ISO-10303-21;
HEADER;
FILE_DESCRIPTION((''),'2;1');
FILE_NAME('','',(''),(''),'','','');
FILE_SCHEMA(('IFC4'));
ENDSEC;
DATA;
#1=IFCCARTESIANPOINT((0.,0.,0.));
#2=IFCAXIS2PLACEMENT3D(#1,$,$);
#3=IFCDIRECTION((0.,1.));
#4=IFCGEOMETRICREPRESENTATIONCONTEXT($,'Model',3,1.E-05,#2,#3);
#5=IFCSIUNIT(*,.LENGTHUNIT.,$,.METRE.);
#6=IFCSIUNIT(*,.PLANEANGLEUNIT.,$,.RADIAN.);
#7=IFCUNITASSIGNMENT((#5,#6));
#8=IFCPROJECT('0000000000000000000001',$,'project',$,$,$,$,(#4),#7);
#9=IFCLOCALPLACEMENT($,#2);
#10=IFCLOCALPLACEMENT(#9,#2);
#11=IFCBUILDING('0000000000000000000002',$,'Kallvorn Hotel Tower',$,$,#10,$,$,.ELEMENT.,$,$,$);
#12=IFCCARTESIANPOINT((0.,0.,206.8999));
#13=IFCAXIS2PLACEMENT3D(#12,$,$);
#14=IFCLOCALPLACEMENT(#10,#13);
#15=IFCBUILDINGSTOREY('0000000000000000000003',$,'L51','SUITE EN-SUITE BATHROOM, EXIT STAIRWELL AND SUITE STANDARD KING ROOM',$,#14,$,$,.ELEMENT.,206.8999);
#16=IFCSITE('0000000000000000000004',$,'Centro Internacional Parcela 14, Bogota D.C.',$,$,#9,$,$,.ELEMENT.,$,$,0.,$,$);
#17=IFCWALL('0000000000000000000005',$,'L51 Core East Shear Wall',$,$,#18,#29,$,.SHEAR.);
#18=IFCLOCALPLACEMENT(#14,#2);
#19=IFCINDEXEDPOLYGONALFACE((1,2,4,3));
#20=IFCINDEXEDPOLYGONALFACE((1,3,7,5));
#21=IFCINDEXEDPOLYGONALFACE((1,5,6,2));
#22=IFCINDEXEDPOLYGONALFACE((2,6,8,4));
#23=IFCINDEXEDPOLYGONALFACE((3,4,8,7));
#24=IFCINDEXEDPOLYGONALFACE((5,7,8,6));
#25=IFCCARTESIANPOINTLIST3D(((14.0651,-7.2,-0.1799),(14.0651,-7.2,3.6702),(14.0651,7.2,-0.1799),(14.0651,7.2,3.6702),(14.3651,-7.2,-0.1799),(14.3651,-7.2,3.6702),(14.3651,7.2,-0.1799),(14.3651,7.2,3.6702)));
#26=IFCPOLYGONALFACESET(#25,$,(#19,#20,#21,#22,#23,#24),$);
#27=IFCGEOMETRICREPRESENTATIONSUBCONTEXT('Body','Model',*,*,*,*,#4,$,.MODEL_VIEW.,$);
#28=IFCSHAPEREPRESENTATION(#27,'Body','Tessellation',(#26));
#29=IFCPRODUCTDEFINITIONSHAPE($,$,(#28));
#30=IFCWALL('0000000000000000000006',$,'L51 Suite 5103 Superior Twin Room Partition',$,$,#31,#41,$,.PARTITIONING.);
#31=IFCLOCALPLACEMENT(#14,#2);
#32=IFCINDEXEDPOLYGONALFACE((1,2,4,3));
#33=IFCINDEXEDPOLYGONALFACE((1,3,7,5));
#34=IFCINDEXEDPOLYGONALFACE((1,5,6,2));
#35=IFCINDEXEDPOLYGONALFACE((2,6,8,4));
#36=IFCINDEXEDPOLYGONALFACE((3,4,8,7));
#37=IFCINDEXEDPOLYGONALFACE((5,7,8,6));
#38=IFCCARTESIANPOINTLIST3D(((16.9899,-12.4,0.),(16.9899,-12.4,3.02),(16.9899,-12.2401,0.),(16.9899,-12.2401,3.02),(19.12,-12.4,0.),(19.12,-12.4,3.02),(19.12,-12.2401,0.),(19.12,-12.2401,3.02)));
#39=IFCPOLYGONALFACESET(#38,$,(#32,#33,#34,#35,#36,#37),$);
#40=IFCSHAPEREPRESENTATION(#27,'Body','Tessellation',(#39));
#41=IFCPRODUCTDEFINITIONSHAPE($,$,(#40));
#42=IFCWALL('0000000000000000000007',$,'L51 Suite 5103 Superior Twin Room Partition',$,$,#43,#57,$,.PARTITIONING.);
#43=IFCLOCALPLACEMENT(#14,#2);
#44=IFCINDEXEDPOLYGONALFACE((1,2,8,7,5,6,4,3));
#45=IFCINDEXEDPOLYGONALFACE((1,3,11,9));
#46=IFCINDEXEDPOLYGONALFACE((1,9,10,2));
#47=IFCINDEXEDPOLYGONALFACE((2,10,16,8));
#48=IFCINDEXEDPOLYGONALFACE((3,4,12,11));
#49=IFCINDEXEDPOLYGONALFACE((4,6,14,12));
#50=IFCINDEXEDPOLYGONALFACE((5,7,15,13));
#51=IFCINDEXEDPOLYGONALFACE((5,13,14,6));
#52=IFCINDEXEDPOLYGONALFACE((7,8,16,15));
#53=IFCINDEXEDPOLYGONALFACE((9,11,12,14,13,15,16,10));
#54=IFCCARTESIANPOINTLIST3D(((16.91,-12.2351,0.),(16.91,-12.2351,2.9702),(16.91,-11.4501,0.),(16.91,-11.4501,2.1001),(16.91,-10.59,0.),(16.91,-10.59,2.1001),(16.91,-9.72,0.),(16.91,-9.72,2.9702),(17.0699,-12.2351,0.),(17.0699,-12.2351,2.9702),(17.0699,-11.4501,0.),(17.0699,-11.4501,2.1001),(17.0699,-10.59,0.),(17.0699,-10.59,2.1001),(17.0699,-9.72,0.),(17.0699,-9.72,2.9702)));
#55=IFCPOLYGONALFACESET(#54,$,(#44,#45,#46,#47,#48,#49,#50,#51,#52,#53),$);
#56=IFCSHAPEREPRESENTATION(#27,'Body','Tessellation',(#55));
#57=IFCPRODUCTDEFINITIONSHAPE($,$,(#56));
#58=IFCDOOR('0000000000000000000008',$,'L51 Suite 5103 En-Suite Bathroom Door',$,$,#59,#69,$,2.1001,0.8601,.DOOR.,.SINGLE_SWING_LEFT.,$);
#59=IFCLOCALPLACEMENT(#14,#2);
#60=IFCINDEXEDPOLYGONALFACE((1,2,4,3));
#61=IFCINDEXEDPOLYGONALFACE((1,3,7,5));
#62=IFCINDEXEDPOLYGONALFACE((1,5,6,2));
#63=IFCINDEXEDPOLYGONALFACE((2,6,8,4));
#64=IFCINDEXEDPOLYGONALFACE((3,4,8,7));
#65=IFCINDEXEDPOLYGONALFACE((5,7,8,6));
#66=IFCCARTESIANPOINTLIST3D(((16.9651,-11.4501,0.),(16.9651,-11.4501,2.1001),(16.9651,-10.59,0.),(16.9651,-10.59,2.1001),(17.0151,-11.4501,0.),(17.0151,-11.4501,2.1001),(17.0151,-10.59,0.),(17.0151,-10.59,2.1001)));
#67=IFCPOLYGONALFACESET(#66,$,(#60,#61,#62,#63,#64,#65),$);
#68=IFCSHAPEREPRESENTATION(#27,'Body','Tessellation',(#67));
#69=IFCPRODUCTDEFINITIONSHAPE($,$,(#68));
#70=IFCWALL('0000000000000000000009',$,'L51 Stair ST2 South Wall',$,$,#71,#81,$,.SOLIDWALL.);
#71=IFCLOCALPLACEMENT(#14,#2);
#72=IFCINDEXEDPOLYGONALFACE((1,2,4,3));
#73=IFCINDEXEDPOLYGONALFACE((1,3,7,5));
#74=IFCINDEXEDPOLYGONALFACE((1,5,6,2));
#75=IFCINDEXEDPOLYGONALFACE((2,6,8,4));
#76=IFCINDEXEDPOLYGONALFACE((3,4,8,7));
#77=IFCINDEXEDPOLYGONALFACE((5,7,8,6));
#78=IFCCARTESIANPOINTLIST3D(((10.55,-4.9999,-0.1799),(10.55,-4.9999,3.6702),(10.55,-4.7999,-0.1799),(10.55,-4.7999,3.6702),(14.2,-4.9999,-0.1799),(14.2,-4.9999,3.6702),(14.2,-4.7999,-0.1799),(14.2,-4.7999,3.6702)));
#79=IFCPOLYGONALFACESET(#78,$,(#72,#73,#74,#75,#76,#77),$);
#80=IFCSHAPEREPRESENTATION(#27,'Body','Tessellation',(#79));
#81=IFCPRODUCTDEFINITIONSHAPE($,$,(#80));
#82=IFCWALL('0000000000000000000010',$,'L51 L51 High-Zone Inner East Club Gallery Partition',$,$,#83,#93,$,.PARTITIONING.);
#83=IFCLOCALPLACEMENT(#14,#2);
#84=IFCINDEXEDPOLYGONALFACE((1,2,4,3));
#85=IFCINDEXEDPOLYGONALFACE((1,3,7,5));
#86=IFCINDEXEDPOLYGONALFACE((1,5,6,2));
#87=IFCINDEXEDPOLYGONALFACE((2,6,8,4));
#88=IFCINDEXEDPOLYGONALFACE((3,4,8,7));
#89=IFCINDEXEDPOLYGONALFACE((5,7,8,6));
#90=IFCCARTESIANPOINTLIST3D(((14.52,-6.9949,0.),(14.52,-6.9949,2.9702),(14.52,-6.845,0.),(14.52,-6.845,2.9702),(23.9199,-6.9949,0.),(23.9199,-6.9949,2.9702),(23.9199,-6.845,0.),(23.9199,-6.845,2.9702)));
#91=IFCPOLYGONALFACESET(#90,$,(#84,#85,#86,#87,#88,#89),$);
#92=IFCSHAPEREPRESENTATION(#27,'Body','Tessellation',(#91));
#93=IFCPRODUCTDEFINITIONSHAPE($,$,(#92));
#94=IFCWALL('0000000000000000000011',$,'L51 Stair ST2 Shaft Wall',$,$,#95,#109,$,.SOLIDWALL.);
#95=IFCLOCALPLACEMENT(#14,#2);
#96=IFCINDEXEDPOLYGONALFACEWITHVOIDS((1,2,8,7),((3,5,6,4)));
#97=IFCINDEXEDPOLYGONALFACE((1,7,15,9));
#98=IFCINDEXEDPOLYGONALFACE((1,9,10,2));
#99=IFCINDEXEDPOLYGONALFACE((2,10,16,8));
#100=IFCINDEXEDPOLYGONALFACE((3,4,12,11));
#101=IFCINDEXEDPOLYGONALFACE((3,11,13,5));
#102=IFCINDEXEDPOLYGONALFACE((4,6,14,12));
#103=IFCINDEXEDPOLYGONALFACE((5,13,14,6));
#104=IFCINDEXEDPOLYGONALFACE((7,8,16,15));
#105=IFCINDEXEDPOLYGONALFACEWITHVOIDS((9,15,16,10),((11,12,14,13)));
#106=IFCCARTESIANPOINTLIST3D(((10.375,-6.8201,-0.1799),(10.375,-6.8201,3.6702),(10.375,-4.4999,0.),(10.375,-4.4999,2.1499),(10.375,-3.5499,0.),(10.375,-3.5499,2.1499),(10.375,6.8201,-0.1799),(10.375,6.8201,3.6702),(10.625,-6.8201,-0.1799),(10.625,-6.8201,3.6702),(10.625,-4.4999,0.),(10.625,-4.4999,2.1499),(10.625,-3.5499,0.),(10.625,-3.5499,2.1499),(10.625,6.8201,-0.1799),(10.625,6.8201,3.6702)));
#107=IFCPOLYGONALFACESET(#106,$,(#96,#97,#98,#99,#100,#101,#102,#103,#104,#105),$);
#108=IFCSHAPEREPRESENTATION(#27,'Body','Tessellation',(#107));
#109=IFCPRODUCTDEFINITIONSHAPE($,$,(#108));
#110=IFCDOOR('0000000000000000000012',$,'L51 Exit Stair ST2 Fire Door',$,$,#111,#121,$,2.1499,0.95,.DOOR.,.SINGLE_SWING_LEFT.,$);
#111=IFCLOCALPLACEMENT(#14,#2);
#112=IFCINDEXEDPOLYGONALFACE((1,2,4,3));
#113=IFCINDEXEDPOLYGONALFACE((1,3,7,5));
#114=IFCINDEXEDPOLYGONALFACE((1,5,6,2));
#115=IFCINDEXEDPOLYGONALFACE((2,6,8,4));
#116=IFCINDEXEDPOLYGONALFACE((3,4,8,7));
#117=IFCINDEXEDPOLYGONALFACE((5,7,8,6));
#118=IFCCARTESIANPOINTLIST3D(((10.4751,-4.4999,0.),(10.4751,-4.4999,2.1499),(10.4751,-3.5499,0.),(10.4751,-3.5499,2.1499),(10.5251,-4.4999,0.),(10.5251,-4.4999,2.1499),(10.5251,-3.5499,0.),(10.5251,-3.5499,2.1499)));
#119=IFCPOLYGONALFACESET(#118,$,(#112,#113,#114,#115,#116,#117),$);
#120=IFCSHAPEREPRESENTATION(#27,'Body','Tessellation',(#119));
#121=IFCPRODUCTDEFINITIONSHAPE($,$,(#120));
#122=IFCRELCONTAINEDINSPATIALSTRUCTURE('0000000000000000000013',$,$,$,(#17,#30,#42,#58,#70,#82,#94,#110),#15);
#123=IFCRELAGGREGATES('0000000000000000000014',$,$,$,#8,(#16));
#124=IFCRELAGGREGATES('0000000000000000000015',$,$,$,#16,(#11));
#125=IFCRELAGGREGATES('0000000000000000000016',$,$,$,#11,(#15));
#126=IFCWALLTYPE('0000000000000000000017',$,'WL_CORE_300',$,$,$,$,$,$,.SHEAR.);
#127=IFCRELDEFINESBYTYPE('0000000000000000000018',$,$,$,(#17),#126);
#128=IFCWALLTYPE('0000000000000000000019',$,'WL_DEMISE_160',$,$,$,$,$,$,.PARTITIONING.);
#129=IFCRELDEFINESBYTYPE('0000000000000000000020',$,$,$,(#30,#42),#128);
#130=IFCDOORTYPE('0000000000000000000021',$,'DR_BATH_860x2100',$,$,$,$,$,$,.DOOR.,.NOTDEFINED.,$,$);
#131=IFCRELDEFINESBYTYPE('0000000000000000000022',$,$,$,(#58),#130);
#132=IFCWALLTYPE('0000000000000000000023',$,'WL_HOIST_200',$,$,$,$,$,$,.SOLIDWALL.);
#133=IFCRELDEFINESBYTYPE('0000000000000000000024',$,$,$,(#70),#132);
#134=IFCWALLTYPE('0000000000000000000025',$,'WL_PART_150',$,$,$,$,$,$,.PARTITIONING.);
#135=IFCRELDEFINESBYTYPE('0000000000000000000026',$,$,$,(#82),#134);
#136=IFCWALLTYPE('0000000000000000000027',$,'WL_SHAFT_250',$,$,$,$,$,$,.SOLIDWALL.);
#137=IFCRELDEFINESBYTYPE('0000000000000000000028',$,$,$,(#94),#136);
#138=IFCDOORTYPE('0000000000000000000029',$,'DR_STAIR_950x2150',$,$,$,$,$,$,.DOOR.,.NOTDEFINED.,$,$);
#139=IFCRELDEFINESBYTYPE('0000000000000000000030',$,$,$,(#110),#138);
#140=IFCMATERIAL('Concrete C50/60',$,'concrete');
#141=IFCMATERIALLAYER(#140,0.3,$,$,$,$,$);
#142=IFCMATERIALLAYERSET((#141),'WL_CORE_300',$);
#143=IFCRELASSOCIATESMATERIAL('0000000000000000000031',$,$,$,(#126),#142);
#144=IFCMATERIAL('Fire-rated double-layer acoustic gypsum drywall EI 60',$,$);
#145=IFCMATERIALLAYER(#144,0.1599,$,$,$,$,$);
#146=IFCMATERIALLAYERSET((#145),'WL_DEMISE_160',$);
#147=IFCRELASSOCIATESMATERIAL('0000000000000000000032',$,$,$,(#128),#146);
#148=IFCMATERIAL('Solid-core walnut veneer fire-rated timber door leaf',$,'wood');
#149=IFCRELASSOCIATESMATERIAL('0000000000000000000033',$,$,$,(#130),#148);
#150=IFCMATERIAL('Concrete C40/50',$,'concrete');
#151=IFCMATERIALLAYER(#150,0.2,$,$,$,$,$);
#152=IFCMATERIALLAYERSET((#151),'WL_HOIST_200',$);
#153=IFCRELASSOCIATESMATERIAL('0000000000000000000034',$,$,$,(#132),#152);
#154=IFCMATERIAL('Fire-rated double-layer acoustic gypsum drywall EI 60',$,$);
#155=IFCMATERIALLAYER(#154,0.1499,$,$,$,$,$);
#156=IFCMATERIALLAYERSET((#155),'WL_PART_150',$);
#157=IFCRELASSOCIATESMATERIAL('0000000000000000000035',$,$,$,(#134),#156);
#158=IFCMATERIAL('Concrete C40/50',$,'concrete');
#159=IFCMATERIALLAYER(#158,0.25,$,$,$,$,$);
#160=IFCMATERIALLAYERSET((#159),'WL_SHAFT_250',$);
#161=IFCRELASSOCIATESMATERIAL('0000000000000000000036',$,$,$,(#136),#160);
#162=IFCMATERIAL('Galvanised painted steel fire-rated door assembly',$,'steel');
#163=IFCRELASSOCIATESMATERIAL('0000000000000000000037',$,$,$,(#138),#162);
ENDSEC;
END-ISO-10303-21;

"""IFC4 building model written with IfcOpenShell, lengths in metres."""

from ifc_helpers import new_model, si_unit, direction, frame, frame_2d, origin, place, context, subcontext, project, spatial, rectangle, extrude, material, layer, layer_set, type_object, element, fill, save


model = new_model("IFC4")

# Units and contexts
model_context = context("Model", 3, precision=1e-05, world=origin(), true_north=direction((0.0, 1.0)))
body_context = subcontext(model_context, "Body", "Model", "MODEL_VIEW")
ifc_project = project(units=[si_unit("LENGTHUNIT", "METRE"), si_unit("PLANEANGLEUNIT", "RADIAN")], contexts=[model_context])

# Site, building, storey
site_placement = place(None, origin())
site = spatial("IfcSite", under=ifc_project, at=site_placement, Name="Centro Internacional Parcela 14, Bogota D.C.", CompositionType="ELEMENT", RefElevation=0.0)
building_placement = place(site_placement, origin())
building = spatial("IfcBuilding", under=site, at=building_placement, Name="Kallvorn Hotel Tower", CompositionType="ELEMENT")
storey_placement = place(building_placement, frame((0.0, 0.0, 206.8999)))
storey = spatial("IfcBuildingStorey", under=building, at=storey_placement, Name="L51", Description="SUITE EN-SUITE BATHROOM, EXIT STAIRWELL AND SUITE STANDARD KING ROOM", CompositionType="ELEMENT", Elevation=206.8999)

# Walls
ifc_material_1 = material(Name="Concrete C50/60", Category="concrete")
ifc_layer_1 = layer(ifc_material_1, 0.3)
ifc_layer_set_1 = layer_set([ifc_layer_1], Name="WL_CORE_300")
wall_type_1 = type_object("IfcWallType", Name="WL_CORE_300", PredefinedType="SHEAR", material=ifc_layer_set_1)
wall_1_placement = place(storey_placement, frame((14.2151, -7.2, -0.1799), z_axis=(0.0, 0.0, 1.0), x_axis=(0.0, 1.0, 0.0)))
element("IfcWall", 1, at=wall_1_placement, inside=storey, type_object=wall_type_1, Name="L51 Core East Shear Wall", PredefinedType="SHEAR", context=body_context, shape_type="SweptSolid", body=[
    extrude(rectangle(XDim=14.3999, YDim=0.3, at=frame_2d((7.2, 0.0))), origin(), (0.0, 0.0, 1.0), 3.8501),
])
ifc_material_2 = material(Name="Fire-rated double-layer acoustic gypsum drywall EI 60")
ifc_layer_2 = layer(ifc_material_2, 0.1599)
ifc_layer_set_2 = layer_set([ifc_layer_2], Name="WL_DEMISE_160")
wall_type_2 = type_object("IfcWallType", Name="WL_DEMISE_160", PredefinedType="PARTITIONING", material=ifc_layer_set_2)
wall_2_placement = place(storey_placement, frame((16.99, -12.3201, 0.0), z_axis=(0.0, 0.0, 1.0), x_axis=(1.0, 0.0, 0.0)))
element("IfcWall", 2, at=wall_2_placement, inside=storey, type_object=wall_type_2, Name="L51 Suite 5103 Superior Twin Room Partition", PredefinedType="PARTITIONING", context=body_context, shape_type="SweptSolid", body=[
    extrude(rectangle(XDim=2.1301, YDim=0.1599, at=frame_2d((1.0649, 0.0))), origin(), (0.0, 0.0, 1.0), 3.02),
])

# Wall, opening, door
wall_3_placement = place(storey_placement, frame((16.99, -12.2351, 0.0), z_axis=(0.0, 0.0, 1.0), x_axis=(0.0, 1.0, 0.0)))
wall_3 = element("IfcWall", 3, at=wall_3_placement, inside=storey, type_object=wall_type_2, Name="L51 Suite 5103 Superior Twin Room Partition", PredefinedType="PARTITIONING", context=body_context, shape_type="SweptSolid", body=[
    extrude(rectangle(XDim=2.5151, YDim=0.1599, at=frame_2d((1.2576, 0.0))), origin(), (0.0, 0.0, 1.0), 2.9702),
])
opening_1_placement = place(wall_3_placement, frame((0.7849, 0.0, 0.0)))
opening_1 = element("IfcOpeningElement", 4, at=opening_1_placement, cuts=wall_3, PredefinedType="OPENING", context=body_context, shape_type="SweptSolid", body=[
    extrude(rectangle(XDim=0.8601, YDim=2.1001, at=frame_2d((0.4302, 1.05))), frame((0.0, 0.095, 0.0), z_axis=(0.0, -1.0, 0.0), x_axis=(1.0, 0.0, 0.0)), (0.0, 0.0, 1.0), 0.1899),
])
ifc_material_3 = material(Name="Solid-core walnut veneer fire-rated timber door leaf", Category="wood")
door_type_1 = type_object("IfcDoorType", Name="DR_BATH_860x2100", OperationType="NOTDEFINED", PredefinedType="DOOR", material=ifc_material_3)
door_1_placement = place(opening_1_placement, origin())
door_1 = element("IfcDoor", 5, at=door_1_placement, inside=storey, type_object=door_type_1, Name="L51 Suite 5103 En-Suite Bathroom Door", OperationType="SINGLE_SWING_LEFT", OverallHeight=2.1001, OverallWidth=0.8601, PredefinedType="DOOR", context=body_context, shape_type="SweptSolid", body=[
    extrude(rectangle(XDim=0.8601, YDim=2.1001, at=frame_2d((0.4302, 1.05))), frame((0.0, 0.0249, 0.0), z_axis=(0.0, -1.0, 0.0), x_axis=(1.0, 0.0, 0.0)), (0.0, 0.0, 1.0), 0.05),
])
fill(opening_1, door_1)

# Walls
ifc_material_4 = material(Name="Concrete C40/50", Category="concrete")
ifc_layer_3 = layer(ifc_material_4, 0.2)
ifc_layer_set_3 = layer_set([ifc_layer_3], Name="WL_HOIST_200")
wall_type_3 = type_object("IfcWallType", Name="WL_HOIST_200", PredefinedType="SOLIDWALL", material=ifc_layer_set_3)
wall_4_placement = place(storey_placement, frame((10.55, -4.8999, -0.1799), z_axis=(0.0, 0.0, 1.0), x_axis=(1.0, 0.0, 0.0)))
element("IfcWall", 6, at=wall_4_placement, inside=storey, type_object=wall_type_3, Name="L51 Stair ST2 South Wall", PredefinedType="SOLIDWALL", context=body_context, shape_type="SweptSolid", body=[
    extrude(rectangle(XDim=3.6499, YDim=0.2, at=frame_2d((1.825, 0.0))), origin(), (0.0, 0.0, 1.0), 3.8501),
])
ifc_material_5 = material(Name="Fire-rated double-layer acoustic gypsum drywall EI 60")
ifc_layer_4 = layer(ifc_material_5, 0.1499)
ifc_layer_set_4 = layer_set([ifc_layer_4], Name="WL_PART_150")
wall_type_4 = type_object("IfcWallType", Name="WL_PART_150", PredefinedType="PARTITIONING", material=ifc_layer_set_4)
wall_5_placement = place(storey_placement, frame((14.52, -6.9199, 0.0), z_axis=(0.0, 0.0, 1.0), x_axis=(1.0, 0.0, 0.0)))
element("IfcWall", 7, at=wall_5_placement, inside=storey, type_object=wall_type_4, Name="L51 L51 High-Zone Inner East Club Gallery Partition", PredefinedType="PARTITIONING", context=body_context, shape_type="SweptSolid", body=[
    extrude(rectangle(XDim=9.3999, YDim=0.1499, at=frame_2d((4.7, 0.0))), origin(), (0.0, 0.0, 1.0), 2.9702),
])

# Wall, opening, door
ifc_material_6 = material(Name="Concrete C40/50", Category="concrete")
ifc_layer_5 = layer(ifc_material_6, 0.25)
ifc_layer_set_5 = layer_set([ifc_layer_5], Name="WL_SHAFT_250")
wall_type_5 = type_object("IfcWallType", Name="WL_SHAFT_250", PredefinedType="SOLIDWALL", material=ifc_layer_set_5)
wall_6_placement = place(storey_placement, frame((10.5, -6.8201, -0.1799), z_axis=(0.0, 0.0, 1.0), x_axis=(0.0, 1.0, 0.0)))
wall_6 = element("IfcWall", 8, at=wall_6_placement, inside=storey, type_object=wall_type_5, Name="L51 Stair ST2 Shaft Wall", PredefinedType="SOLIDWALL", context=body_context, shape_type="SweptSolid", body=[
    extrude(rectangle(XDim=13.6401, YDim=0.25, at=frame_2d((6.8201, 0.0))), origin(), (0.0, 0.0, 1.0), 3.8501),
])
opening_2_placement = place(wall_6_placement, frame((2.3201, 0.0, 0.1799)))
opening_2 = element("IfcOpeningElement", 9, at=opening_2_placement, cuts=wall_6, PredefinedType="OPENING", context=body_context, shape_type="SweptSolid", body=[
    extrude(rectangle(XDim=0.95, YDim=2.1499, at=frame_2d((0.4751, 1.075))), frame((0.0, 0.1399, 0.0), z_axis=(0.0, -1.0, 0.0), x_axis=(1.0, 0.0, 0.0)), (0.0, 0.0, 1.0), 0.28),
])
ifc_material_7 = material(Name="Galvanised painted steel fire-rated door assembly", Category="steel")
door_type_2 = type_object("IfcDoorType", Name="DR_STAIR_950x2150", OperationType="NOTDEFINED", PredefinedType="DOOR", material=ifc_material_7)
door_2_placement = place(opening_2_placement, origin())
door_2 = element("IfcDoor", 10, at=door_2_placement, inside=storey, type_object=door_type_2, Name="L51 Exit Stair ST2 Fire Door", OperationType="SINGLE_SWING_LEFT", OverallHeight=2.1499, OverallWidth=0.95, PredefinedType="DOOR", context=body_context, shape_type="SweptSolid", body=[
    extrude(rectangle(XDim=0.95, YDim=2.1499, at=frame_2d((0.4751, 1.075))), frame((0.0, 0.0249, 0.0), z_axis=(0.0, -1.0, 0.0), x_axis=(1.0, 0.0, 0.0)), (0.0, 0.0, 1.0), 0.05),
])
fill(opening_2, door_2)

save(model, "model.ifc")
